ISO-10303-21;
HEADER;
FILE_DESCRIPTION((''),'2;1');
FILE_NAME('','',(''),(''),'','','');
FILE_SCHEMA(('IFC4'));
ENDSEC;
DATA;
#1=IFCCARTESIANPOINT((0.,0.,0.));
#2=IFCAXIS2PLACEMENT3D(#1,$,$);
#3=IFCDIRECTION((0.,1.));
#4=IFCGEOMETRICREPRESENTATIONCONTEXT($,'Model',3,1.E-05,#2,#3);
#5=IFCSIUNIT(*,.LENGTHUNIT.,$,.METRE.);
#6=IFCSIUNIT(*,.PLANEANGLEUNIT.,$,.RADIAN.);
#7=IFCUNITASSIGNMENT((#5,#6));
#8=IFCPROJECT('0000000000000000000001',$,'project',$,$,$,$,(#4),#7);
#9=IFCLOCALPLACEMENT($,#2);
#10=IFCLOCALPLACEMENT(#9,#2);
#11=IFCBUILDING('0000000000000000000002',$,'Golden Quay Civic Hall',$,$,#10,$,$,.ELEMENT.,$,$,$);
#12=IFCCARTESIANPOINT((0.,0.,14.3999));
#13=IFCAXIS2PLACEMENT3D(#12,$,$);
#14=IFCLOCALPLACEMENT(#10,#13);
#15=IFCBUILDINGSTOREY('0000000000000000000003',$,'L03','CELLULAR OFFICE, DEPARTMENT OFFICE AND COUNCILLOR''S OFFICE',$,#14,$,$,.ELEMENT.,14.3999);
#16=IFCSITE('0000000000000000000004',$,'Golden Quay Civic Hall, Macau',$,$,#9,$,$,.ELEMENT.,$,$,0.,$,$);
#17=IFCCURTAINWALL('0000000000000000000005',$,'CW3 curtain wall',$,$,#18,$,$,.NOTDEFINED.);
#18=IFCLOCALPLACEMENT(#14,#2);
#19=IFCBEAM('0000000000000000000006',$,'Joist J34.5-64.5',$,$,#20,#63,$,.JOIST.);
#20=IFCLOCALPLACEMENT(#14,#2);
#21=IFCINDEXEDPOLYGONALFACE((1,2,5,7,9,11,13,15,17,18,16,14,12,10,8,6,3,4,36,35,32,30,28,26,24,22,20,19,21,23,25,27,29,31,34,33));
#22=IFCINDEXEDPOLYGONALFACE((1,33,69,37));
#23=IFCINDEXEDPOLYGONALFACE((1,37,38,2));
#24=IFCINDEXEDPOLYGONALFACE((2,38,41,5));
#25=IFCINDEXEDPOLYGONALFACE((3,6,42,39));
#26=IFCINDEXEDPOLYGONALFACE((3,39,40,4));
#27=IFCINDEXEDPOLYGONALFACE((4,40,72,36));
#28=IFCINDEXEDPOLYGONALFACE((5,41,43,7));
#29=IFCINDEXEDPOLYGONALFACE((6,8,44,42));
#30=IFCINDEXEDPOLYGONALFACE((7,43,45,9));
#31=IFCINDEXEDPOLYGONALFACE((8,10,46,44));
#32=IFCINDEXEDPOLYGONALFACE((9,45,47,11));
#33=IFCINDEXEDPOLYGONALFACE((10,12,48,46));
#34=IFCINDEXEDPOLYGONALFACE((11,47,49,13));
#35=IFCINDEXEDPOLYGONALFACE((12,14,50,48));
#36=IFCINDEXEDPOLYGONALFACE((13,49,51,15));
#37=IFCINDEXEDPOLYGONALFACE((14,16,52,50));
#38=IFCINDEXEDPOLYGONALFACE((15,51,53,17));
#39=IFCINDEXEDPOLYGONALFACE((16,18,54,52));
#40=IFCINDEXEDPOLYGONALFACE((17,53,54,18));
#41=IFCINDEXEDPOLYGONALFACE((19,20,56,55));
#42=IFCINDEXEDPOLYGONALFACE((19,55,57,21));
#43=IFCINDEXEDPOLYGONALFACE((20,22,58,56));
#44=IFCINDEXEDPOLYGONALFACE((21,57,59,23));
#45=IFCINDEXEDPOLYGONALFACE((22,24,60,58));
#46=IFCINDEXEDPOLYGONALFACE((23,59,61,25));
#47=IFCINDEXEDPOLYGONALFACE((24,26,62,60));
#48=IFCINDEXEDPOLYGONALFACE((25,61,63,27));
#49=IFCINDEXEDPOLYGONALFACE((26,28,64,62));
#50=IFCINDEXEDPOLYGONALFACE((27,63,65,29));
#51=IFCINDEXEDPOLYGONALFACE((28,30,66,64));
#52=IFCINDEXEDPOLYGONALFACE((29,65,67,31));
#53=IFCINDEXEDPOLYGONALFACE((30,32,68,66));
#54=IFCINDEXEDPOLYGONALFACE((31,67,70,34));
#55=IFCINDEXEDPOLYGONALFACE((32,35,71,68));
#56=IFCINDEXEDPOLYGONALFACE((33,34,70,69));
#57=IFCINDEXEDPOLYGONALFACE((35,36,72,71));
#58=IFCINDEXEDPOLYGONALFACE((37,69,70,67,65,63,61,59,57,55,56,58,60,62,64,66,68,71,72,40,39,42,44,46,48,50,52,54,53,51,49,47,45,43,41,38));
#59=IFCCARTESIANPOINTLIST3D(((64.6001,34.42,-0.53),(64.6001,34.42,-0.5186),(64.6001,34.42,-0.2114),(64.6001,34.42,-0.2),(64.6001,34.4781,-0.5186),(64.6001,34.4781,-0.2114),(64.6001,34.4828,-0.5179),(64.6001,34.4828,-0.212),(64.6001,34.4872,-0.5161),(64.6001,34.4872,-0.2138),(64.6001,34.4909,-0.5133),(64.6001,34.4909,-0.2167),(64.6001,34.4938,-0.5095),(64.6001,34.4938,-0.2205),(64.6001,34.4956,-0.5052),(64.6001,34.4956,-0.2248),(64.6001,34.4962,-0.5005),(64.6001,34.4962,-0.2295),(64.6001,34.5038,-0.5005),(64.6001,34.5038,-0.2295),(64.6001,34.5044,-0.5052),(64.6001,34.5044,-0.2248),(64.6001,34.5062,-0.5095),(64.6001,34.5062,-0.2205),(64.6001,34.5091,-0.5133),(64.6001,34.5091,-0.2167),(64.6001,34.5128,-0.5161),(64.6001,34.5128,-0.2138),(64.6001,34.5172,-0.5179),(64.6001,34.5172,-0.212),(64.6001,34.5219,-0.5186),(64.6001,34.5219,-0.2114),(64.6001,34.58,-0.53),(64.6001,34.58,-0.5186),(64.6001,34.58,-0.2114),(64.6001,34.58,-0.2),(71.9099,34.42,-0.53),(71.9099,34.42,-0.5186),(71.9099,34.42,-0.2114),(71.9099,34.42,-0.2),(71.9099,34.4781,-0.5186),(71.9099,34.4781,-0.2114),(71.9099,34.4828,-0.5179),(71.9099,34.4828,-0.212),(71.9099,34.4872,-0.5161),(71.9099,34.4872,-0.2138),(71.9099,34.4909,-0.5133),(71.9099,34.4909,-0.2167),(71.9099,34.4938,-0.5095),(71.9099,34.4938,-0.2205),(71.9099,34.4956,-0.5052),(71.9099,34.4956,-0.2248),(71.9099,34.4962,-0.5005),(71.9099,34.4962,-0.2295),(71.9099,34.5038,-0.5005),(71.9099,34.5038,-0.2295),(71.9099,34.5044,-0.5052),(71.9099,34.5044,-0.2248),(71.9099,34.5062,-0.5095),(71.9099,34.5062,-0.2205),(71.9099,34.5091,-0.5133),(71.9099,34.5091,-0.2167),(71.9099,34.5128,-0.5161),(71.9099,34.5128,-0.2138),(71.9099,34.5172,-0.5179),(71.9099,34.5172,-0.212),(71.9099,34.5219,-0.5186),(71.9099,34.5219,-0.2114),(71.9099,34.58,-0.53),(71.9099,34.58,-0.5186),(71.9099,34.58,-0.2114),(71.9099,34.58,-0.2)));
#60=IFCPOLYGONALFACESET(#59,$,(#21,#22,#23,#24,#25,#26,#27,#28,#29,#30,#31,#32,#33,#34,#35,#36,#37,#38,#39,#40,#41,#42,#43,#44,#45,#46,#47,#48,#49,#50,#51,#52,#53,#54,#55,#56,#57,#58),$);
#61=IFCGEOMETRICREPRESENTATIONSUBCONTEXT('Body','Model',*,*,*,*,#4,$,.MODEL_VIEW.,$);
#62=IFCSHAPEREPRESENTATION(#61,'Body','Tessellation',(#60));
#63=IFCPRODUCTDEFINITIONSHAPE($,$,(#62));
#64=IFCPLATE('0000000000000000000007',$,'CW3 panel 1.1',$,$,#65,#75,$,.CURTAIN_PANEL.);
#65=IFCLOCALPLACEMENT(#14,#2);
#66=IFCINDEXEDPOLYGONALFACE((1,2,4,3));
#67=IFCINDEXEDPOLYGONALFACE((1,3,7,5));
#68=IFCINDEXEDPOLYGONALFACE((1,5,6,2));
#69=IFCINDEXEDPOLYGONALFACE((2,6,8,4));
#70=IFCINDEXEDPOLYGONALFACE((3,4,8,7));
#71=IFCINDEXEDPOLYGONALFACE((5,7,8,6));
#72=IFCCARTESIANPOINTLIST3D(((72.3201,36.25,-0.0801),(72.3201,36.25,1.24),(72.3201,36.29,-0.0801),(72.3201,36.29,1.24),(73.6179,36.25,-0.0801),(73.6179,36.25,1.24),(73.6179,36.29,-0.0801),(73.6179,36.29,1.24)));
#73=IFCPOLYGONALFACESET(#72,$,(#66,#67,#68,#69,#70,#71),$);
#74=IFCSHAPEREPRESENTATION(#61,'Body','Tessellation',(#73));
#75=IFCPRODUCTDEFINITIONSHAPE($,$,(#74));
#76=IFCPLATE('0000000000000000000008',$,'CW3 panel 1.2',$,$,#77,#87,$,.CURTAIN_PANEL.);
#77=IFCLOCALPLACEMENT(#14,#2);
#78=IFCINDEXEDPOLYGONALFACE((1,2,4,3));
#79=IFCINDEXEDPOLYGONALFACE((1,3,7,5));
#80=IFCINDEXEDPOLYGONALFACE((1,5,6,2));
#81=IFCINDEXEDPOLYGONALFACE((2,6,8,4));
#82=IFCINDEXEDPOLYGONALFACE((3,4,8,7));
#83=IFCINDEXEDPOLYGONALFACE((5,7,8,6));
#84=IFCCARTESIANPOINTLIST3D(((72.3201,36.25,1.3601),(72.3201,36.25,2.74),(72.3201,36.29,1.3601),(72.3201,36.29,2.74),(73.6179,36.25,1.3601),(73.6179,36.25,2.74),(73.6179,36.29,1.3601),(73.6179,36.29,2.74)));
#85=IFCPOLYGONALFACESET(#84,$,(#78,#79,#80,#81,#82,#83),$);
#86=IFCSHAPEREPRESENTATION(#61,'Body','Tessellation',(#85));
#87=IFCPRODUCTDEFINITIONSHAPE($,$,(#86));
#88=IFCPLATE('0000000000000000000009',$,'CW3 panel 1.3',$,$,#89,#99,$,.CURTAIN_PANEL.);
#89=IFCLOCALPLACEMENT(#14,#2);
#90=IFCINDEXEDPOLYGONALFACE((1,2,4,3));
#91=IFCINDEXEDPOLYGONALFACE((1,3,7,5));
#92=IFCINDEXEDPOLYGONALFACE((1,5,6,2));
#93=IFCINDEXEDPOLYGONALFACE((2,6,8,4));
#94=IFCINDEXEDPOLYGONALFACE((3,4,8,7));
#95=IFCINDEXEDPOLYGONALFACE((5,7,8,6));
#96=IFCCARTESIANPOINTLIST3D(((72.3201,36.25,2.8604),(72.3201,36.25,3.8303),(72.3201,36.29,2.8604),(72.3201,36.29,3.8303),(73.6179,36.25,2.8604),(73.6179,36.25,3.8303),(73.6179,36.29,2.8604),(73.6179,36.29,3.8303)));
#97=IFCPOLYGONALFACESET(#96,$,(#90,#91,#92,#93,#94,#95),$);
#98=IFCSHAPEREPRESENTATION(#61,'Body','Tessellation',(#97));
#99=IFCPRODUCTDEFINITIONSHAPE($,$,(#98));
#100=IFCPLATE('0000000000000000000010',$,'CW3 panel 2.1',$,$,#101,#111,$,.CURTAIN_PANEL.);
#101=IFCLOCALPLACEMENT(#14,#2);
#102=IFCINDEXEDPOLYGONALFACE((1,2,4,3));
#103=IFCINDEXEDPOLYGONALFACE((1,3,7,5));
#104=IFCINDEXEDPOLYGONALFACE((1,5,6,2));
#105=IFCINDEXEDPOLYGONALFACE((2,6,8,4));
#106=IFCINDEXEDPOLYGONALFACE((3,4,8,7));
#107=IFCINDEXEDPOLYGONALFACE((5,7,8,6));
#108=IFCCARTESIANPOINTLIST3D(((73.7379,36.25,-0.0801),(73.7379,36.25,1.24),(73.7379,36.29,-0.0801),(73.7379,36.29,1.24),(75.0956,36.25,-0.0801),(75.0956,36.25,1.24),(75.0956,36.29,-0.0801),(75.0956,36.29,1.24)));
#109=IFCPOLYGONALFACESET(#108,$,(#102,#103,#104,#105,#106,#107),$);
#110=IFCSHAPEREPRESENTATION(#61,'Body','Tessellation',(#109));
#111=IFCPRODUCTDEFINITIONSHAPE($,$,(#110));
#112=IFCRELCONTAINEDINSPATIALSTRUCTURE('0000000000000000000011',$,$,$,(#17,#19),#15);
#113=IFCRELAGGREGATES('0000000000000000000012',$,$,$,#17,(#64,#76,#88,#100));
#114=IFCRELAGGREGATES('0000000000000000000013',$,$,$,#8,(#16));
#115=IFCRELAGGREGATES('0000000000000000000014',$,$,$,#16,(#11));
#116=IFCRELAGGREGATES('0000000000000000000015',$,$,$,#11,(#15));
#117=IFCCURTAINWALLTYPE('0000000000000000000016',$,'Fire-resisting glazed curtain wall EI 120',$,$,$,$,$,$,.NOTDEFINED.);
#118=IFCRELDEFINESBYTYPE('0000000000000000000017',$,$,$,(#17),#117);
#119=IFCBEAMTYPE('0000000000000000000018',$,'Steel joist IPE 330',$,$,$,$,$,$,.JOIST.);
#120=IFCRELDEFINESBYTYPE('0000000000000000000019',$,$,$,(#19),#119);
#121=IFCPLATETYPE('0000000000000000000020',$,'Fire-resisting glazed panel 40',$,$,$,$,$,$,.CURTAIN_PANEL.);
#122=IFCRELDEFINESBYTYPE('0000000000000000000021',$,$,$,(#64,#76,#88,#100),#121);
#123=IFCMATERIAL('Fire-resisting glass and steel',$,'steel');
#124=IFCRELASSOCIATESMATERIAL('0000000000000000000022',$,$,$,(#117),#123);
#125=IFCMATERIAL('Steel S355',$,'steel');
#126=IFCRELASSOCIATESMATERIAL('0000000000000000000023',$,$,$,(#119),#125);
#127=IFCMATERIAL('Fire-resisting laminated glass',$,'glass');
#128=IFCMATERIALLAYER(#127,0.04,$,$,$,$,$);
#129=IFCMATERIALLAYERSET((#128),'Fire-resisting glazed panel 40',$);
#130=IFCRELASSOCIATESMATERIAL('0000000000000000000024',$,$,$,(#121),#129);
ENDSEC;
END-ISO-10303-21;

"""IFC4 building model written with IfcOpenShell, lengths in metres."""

from ifc_helpers import new_model, si_unit, direction, frame, origin, origin_2d, place, context, subcontext, project, spatial, rectangle, i_section, extrude, material, layer, layer_set, material_profile, profile_set, type_object, element, aggregate, save


model = new_model("IFC4")

# Units and contexts
model_context = context("Model", 3, precision=1e-05, world=origin(), true_north=direction((0.0, 1.0)))
body_context = subcontext(model_context, "Body", "Model", "MODEL_VIEW")
ifc_project = project(units=[si_unit("LENGTHUNIT", "METRE"), si_unit("PLANEANGLEUNIT", "RADIAN")], contexts=[model_context])

# Site, building, storey
site_placement = place(None, origin())
site = spatial("IfcSite", under=ifc_project, at=site_placement, Name="Golden Quay Civic Hall, Macau", CompositionType="ELEMENT", RefElevation=0.0)
building_placement = place(site_placement, origin())
building = spatial("IfcBuilding", under=site, at=building_placement, Name="Golden Quay Civic Hall", CompositionType="ELEMENT")
storey_placement = place(building_placement, frame((0.0, 0.0, 14.3999)))
storey = spatial("IfcBuildingStorey", under=building, at=storey_placement, Name="L03", Description="CELLULAR OFFICE, DEPARTMENT OFFICE AND COUNCILLOR'S OFFICE", CompositionType="ELEMENT", Elevation=14.3999)

# Curtain wall
ifc_material_1 = material(Name="Fire-resisting glass and steel", Category="steel")
curtain_wall_type = type_object("IfcCurtainWallType", Name="Fire-resisting glazed curtain wall EI 120", PredefinedType="NOTDEFINED", material=ifc_material_1)
curtain_wall_placement = place(storey_placement, origin())
curtain_wall = element("IfcCurtainWall", 1, at=curtain_wall_placement, inside=storey, type_object=curtain_wall_type, Name="CW3 curtain wall", PredefinedType="NOTDEFINED")

# Beam
ifc_material_2 = material(Name="Steel S355", Category="steel")
ifc_material_profile_1 = material_profile(ifc_material_2, i_section(OverallWidth=0.1599, OverallDepth=0.3301, WebThickness=0.0076, FlangeThickness=0.0115, FilletRadius=0.0181, at=origin_2d()), Name="IPE 330")
ifc_profile_set_1 = profile_set([ifc_material_profile_1], Name="Steel S355")
beam_type_1 = type_object("IfcBeamType", Name="Steel joist IPE 330", PredefinedType="JOIST", material=ifc_profile_set_1)
for number, where, z_axis, x_axis, name in (
    (2, (64.6001, 34.5, -0.365), (1.0, 0.0, 0.0), (0.0, 1.0, 0.0), "Joist J34.5-64.5"),
):
    element("IfcBeam", number, at=place(storey_placement, frame(where, z_axis=z_axis, x_axis=x_axis)), inside=storey, type_object=beam_type_1, Name=name, PredefinedType="JOIST", context=body_context, shape_type="SweptSolid", body=[
        extrude(i_section(OverallWidth=0.1599, OverallDepth=0.3301, WebThickness=0.0076, FlangeThickness=0.0115, FilletRadius=0.0181, at=origin_2d()), origin(), (0.0, 0.0, 1.0), 7.3098),
    ])

# Plates
ifc_material_3 = material(Name="Fire-resisting laminated glass", Category="glass")
ifc_layer_1 = layer(ifc_material_3, 0.04)
ifc_layer_set_1 = layer_set([ifc_layer_1], Name="Fire-resisting glazed panel 40")
plate_type = type_object("IfcPlateType", Name="Fire-resisting glazed panel 40", PredefinedType="CURTAIN_PANEL", material=ifc_layer_set_1)
plate_1_placement = place(storey_placement, frame((72.969, 36.27, -0.0801), z_axis=(0.0, 0.0, 1.0), x_axis=(1.0, 0.0, 0.0)))
plate_1 = element("IfcPlate", 3, at=plate_1_placement, type_object=plate_type, Name="CW3 panel 1.1", PredefinedType="CURTAIN_PANEL", context=body_context, shape_type="SweptSolid", body=[
    extrude(rectangle(XDim=1.2979, YDim=0.04, at=origin_2d()), origin(), (0.0, 0.0, 1.0), 1.3201),
])
plate_2_placement = place(storey_placement, frame((72.969, 36.27, 1.3601), z_axis=(0.0, 0.0, 1.0), x_axis=(1.0, 0.0, 0.0)))
plate_2 = element("IfcPlate", 4, at=plate_2_placement, type_object=plate_type, Name="CW3 panel 1.2", PredefinedType="CURTAIN_PANEL", context=body_context, shape_type="SweptSolid", body=[
    extrude(rectangle(XDim=1.2979, YDim=0.04, at=origin_2d()), origin(), (0.0, 0.0, 1.0), 1.3799),
])
plate_3_placement = place(storey_placement, frame((72.969, 36.27, 2.8604), z_axis=(0.0, 0.0, 1.0), x_axis=(1.0, 0.0, 0.0)))
plate_3 = element("IfcPlate", 5, at=plate_3_placement, type_object=plate_type, Name="CW3 panel 1.3", PredefinedType="CURTAIN_PANEL", context=body_context, shape_type="SweptSolid", body=[
    extrude(rectangle(XDim=1.2979, YDim=0.04, at=origin_2d()), origin(), (0.0, 0.0, 1.0), 0.97),
])
plate_4_placement = place(storey_placement, frame((74.4167, 36.27, -0.0801), z_axis=(0.0, 0.0, 1.0), x_axis=(1.0, 0.0, 0.0)))
plate_4 = element("IfcPlate", 6, at=plate_4_placement, type_object=plate_type, Name="CW3 panel 2.1", PredefinedType="CURTAIN_PANEL", context=body_context, shape_type="SweptSolid", body=[
    extrude(rectangle(XDim=1.3577, YDim=0.04, at=origin_2d()), origin(), (0.0, 0.0, 1.0), 1.3201),
])
aggregate(curtain_wall, [plate_1, plate_2, plate_3, plate_4])

save(model, "model.ifc")
